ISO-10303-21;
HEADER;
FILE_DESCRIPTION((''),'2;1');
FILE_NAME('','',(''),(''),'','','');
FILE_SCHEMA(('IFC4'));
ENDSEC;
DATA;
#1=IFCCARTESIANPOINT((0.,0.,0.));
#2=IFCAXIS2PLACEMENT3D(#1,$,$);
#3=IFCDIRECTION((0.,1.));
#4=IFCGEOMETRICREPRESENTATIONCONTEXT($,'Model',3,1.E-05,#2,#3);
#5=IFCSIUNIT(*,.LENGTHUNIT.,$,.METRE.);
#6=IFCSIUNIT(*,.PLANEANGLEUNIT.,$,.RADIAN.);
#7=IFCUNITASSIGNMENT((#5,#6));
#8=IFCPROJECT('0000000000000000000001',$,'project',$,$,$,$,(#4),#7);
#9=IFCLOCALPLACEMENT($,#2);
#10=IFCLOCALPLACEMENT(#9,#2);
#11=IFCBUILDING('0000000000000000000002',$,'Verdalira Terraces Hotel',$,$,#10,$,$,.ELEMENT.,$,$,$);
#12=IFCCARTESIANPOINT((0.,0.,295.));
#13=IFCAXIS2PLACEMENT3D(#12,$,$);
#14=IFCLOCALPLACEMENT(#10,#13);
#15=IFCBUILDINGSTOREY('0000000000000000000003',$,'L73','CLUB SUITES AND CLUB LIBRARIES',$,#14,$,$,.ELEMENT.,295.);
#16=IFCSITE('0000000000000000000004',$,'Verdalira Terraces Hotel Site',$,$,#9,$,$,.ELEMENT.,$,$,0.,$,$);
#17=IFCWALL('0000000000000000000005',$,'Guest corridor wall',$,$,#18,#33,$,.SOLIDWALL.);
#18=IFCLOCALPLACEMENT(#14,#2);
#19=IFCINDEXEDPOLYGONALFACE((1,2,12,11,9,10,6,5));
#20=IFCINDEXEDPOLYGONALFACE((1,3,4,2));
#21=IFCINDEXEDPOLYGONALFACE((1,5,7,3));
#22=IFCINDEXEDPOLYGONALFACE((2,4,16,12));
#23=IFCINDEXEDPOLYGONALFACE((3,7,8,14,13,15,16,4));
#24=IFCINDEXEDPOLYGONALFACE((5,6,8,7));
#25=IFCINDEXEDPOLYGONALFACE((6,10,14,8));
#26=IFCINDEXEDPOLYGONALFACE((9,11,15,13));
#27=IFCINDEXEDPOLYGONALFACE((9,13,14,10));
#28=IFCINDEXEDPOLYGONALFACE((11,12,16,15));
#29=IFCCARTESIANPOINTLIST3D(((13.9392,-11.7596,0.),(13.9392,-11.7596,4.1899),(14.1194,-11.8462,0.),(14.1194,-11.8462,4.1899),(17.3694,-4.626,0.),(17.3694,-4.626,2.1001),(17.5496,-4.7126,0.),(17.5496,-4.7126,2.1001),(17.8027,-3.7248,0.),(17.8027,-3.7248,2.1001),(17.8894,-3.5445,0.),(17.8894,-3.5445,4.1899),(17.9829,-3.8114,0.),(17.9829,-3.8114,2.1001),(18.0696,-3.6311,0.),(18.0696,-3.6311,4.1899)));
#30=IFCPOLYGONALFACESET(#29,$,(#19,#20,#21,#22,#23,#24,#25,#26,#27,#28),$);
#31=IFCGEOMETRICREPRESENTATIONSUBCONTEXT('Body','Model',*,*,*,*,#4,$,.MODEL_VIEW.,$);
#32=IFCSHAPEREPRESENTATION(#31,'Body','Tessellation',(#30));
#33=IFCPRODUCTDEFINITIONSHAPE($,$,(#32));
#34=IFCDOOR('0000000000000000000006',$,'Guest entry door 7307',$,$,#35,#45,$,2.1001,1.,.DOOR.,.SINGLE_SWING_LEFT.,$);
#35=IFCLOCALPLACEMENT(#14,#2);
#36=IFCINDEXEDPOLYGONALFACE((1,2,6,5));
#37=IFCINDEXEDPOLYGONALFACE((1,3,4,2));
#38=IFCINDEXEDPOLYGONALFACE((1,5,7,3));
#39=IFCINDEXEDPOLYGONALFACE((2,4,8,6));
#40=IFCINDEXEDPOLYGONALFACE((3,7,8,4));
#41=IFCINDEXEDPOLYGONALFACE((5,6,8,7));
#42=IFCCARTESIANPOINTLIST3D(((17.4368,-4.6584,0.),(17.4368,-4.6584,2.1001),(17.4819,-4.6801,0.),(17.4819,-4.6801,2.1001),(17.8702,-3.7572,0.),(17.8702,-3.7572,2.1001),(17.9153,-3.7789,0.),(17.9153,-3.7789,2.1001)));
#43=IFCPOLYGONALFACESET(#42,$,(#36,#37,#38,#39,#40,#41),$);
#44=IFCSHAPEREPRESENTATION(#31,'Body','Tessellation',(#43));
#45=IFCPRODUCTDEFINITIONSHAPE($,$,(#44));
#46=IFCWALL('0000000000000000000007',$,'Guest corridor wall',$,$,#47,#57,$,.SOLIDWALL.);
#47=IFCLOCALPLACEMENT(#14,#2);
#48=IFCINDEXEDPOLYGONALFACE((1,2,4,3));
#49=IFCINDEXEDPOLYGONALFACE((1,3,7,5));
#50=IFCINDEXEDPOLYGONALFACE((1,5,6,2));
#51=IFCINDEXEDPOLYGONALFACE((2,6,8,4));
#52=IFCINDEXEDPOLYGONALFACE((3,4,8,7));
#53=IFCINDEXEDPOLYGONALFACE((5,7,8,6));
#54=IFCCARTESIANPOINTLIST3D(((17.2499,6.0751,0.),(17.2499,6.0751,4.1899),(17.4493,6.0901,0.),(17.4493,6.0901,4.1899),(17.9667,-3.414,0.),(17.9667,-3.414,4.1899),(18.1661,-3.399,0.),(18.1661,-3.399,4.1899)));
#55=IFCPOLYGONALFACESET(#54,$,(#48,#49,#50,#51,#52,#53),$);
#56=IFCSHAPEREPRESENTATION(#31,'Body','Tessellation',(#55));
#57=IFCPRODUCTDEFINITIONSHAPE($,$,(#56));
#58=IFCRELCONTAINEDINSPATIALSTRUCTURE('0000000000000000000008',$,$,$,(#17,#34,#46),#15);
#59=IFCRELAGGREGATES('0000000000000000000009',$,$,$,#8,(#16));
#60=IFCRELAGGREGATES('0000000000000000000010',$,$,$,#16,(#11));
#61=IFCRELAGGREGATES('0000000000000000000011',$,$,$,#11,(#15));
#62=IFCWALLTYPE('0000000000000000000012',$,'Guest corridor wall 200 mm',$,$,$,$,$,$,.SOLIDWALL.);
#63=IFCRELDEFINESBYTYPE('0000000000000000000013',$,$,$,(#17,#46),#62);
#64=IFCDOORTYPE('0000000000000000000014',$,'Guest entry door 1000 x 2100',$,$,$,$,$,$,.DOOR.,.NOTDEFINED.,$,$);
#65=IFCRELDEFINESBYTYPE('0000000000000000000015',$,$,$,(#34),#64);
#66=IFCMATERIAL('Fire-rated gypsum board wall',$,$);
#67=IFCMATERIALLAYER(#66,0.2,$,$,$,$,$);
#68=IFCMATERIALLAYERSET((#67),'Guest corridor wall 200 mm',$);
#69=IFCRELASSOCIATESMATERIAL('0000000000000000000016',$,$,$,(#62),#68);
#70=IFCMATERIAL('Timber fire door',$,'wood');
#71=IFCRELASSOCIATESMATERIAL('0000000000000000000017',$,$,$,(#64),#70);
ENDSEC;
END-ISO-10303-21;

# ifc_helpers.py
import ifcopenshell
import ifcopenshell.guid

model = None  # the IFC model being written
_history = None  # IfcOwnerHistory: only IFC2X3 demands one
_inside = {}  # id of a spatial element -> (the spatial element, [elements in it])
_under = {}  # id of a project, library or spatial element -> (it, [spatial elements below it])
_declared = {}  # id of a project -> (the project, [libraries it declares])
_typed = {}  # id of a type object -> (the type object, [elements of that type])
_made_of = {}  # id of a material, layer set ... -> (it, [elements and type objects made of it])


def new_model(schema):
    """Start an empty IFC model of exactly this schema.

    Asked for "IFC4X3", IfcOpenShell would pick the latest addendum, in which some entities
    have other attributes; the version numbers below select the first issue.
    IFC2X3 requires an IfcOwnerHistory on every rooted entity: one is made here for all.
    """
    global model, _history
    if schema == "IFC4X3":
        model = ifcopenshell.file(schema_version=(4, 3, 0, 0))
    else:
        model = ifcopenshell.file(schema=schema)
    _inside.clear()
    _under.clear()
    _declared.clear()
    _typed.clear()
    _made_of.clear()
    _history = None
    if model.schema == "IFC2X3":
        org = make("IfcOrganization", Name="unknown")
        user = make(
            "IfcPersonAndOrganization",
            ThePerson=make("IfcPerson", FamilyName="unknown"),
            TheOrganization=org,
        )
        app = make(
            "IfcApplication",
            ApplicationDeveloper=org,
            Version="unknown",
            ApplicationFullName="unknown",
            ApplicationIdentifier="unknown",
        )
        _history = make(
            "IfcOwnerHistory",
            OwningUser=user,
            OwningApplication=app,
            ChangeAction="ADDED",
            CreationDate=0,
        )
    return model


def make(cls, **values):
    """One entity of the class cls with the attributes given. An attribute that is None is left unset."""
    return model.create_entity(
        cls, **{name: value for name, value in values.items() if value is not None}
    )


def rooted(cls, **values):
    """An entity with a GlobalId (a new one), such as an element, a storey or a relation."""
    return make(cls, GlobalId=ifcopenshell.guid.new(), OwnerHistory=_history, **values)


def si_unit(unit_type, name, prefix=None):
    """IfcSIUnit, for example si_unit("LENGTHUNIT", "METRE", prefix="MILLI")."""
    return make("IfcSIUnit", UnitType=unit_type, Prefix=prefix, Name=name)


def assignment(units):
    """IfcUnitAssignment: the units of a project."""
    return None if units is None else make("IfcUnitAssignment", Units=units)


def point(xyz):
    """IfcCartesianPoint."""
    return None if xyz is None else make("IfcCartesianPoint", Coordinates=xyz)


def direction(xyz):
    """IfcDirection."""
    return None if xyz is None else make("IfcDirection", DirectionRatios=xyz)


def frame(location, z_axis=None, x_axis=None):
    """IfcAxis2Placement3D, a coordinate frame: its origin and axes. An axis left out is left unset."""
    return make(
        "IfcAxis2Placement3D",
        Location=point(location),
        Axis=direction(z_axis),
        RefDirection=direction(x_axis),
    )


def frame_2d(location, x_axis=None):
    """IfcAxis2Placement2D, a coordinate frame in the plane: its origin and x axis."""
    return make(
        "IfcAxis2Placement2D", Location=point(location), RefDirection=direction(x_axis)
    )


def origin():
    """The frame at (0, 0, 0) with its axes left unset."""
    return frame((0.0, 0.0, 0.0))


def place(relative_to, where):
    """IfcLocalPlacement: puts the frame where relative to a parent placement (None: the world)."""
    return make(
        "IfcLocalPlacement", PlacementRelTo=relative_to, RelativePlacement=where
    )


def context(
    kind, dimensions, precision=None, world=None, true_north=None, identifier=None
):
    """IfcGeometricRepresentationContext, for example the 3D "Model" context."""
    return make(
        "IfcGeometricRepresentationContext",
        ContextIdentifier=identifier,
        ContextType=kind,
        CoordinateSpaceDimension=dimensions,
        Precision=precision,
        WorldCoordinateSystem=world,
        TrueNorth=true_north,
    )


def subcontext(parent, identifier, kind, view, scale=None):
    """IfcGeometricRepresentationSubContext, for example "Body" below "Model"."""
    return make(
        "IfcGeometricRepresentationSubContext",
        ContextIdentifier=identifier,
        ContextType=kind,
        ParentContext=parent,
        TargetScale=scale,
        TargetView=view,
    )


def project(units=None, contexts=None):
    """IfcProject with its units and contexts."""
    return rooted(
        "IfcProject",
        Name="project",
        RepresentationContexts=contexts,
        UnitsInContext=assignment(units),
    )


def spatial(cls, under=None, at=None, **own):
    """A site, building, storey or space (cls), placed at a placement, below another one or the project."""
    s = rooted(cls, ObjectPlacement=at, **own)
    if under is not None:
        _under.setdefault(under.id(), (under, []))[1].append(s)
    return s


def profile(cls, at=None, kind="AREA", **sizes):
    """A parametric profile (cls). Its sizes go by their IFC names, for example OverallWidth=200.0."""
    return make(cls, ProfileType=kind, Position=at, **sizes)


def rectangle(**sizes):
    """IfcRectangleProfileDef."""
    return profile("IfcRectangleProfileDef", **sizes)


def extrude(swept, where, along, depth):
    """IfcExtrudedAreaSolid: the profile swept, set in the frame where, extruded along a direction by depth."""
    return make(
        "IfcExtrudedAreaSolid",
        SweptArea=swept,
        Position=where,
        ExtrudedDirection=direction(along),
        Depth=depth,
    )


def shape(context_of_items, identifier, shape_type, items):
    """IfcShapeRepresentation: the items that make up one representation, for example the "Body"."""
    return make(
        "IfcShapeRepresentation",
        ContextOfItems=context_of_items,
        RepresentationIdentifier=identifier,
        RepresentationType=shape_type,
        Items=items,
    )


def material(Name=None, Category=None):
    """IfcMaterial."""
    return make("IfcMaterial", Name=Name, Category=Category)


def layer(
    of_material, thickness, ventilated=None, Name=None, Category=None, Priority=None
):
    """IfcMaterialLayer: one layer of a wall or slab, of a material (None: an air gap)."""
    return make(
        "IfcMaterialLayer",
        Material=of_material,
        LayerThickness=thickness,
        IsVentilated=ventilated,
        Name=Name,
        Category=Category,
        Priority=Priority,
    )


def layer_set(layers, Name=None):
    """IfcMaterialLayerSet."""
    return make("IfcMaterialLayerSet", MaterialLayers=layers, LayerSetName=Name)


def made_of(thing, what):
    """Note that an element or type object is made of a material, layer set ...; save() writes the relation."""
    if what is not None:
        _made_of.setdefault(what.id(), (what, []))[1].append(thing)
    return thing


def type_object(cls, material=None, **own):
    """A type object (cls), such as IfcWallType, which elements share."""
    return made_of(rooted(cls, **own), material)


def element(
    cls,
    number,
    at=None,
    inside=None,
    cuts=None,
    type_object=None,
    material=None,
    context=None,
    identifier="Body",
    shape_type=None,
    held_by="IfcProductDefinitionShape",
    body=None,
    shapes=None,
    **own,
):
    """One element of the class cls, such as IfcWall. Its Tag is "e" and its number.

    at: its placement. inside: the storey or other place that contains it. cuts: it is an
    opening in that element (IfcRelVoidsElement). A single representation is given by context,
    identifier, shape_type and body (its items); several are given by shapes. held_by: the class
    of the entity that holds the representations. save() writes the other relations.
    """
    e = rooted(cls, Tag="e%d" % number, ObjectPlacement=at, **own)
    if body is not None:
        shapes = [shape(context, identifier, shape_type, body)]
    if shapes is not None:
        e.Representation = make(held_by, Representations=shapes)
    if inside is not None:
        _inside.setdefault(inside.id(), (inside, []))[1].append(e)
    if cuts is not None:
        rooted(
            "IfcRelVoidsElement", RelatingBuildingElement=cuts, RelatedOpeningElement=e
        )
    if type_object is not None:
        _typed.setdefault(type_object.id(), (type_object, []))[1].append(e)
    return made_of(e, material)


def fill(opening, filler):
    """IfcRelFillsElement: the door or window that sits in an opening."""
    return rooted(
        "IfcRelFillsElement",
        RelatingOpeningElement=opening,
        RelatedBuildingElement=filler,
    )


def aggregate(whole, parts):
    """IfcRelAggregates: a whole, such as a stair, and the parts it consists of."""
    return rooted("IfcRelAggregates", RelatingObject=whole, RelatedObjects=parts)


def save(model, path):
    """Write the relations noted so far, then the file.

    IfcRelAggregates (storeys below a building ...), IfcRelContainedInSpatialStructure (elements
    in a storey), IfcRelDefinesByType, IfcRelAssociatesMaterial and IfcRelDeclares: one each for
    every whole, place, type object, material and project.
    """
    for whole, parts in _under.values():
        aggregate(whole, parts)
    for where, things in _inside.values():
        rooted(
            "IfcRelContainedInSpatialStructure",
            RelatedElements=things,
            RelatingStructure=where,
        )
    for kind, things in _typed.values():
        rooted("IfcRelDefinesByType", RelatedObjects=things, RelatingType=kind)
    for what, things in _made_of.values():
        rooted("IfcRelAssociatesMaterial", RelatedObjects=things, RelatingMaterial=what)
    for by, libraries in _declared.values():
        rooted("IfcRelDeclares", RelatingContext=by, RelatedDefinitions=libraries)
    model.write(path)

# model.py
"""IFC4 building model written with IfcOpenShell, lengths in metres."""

from ifc_helpers import new_model, si_unit, direction, frame, frame_2d, origin, place, context, subcontext, project, spatial, rectangle, extrude, material, layer, layer_set, type_object, element, fill, save


model = new_model("IFC4")

# Units and contexts
model_context = context("Model", 3, precision=1e-05, world=origin(), true_north=direction((0.0, 1.0)))
body_context = subcontext(model_context, "Body", "Model", "MODEL_VIEW")
ifc_project = project(units=[si_unit("LENGTHUNIT", "METRE"), si_unit("PLANEANGLEUNIT", "RADIAN")], contexts=[model_context])

# Site, building, storey
site_placement = place(None, origin())
site = spatial("IfcSite", under=ifc_project, at=site_placement, Name="Verdalira Terraces Hotel Site", CompositionType="ELEMENT", RefElevation=0.0)
building_placement = place(site_placement, origin())
building = spatial("IfcBuilding", under=site, at=building_placement, Name="Verdalira Terraces Hotel", CompositionType="ELEMENT")
storey_placement = place(building_placement, frame((0.0, 0.0, 295.0)))
storey = spatial("IfcBuildingStorey", under=building, at=storey_placement, Name="L73", Description="CLUB SUITES AND CLUB LIBRARIES", CompositionType="ELEMENT", Elevation=295.0)

# Wall, opening, door
ifc_material_1 = material(Name="Fire-rated gypsum board wall")
ifc_layer_1 = layer(ifc_material_1, 0.2)
ifc_layer_set_1 = layer_set([ifc_layer_1], Name="Guest corridor wall 200 mm")
wall_type_1 = type_object("IfcWallType", Name="Guest corridor wall 200 mm", PredefinedType="SOLIDWALL", material=ifc_layer_set_1)
wall_1_placement = place(storey_placement, frame((17.9795, -3.5879, 0.0), z_axis=(0.0, 0.0, 1.0), x_axis=(-0.433351, -0.901225, 0.0)))
wall_1 = element("IfcWall", 1, at=wall_1_placement, inside=storey, type_object=wall_type_1, Name="Guest corridor wall", PredefinedType="SOLIDWALL", context=body_context, shape_type="SweptSolid", body=[
    extrude(rectangle(XDim=9.1155, YDim=0.2, at=frame_2d((4.5576, 0.0))), origin(), (0.0, 0.0, 1.0), 4.1899),
])
opening_1_placement = place(wall_1_placement, frame((0.2, 0.0, 0.0)))
opening_1 = element("IfcOpeningElement", 2, at=opening_1_placement, cuts=wall_1, PredefinedType="OPENING", context=body_context, shape_type="SweptSolid", body=[
    extrude(rectangle(XDim=1.0, YDim=2.1001, at=frame_2d((0.5, 1.05))), frame((0.0, 0.1099, 0.0), z_axis=(0.0, -1.0, 0.0), x_axis=(1.0, 0.0, 0.0)), (0.0, 0.0, 1.0), 0.22),
])
ifc_material_2 = material(Name="Timber fire door", Category="wood")
door_type_1 = type_object("IfcDoorType", Name="Guest entry door 1000 x 2100", OperationType="NOTDEFINED", PredefinedType="DOOR", material=ifc_material_2)
door_1_placement = place(opening_1_placement, origin())
door_1 = element("IfcDoor", 3, at=door_1_placement, inside=storey, type_object=door_type_1, Name="Guest entry door 7307", OperationType="SINGLE_SWING_LEFT", OverallHeight=2.1001, OverallWidth=1.0, PredefinedType="DOOR", context=body_context, shape_type="SweptSolid", body=[
    extrude(rectangle(XDim=1.0, YDim=2.1001, at=frame_2d((0.5, 1.05))), frame((0.0, 0.0249, 0.0), z_axis=(0.0, -1.0, 0.0), x_axis=(1.0, 0.0, 0.0)), (0.0, 0.0, 1.0), 0.05),
])
fill(opening_1, door_1)

# Wall
wall_2_placement = place(storey_placement, frame((18.0664, -3.4065, 0.0), z_axis=(0.0, 0.0, 1.0), x_axis=(-0.075325, 0.997159, 0.0)))
element("IfcWall", 4, at=wall_2_placement, inside=storey, type_object=wall_type_1, Name="Guest corridor wall", PredefinedType="SOLIDWALL", context=body_context, shape_type="SweptSolid", body=[
    extrude(rectangle(XDim=9.5161, YDim=0.2, at=frame_2d((4.7581, 0.0))), origin(), (0.0, 0.0, 1.0), 4.1899),
])

save(model, "model.ifc")
